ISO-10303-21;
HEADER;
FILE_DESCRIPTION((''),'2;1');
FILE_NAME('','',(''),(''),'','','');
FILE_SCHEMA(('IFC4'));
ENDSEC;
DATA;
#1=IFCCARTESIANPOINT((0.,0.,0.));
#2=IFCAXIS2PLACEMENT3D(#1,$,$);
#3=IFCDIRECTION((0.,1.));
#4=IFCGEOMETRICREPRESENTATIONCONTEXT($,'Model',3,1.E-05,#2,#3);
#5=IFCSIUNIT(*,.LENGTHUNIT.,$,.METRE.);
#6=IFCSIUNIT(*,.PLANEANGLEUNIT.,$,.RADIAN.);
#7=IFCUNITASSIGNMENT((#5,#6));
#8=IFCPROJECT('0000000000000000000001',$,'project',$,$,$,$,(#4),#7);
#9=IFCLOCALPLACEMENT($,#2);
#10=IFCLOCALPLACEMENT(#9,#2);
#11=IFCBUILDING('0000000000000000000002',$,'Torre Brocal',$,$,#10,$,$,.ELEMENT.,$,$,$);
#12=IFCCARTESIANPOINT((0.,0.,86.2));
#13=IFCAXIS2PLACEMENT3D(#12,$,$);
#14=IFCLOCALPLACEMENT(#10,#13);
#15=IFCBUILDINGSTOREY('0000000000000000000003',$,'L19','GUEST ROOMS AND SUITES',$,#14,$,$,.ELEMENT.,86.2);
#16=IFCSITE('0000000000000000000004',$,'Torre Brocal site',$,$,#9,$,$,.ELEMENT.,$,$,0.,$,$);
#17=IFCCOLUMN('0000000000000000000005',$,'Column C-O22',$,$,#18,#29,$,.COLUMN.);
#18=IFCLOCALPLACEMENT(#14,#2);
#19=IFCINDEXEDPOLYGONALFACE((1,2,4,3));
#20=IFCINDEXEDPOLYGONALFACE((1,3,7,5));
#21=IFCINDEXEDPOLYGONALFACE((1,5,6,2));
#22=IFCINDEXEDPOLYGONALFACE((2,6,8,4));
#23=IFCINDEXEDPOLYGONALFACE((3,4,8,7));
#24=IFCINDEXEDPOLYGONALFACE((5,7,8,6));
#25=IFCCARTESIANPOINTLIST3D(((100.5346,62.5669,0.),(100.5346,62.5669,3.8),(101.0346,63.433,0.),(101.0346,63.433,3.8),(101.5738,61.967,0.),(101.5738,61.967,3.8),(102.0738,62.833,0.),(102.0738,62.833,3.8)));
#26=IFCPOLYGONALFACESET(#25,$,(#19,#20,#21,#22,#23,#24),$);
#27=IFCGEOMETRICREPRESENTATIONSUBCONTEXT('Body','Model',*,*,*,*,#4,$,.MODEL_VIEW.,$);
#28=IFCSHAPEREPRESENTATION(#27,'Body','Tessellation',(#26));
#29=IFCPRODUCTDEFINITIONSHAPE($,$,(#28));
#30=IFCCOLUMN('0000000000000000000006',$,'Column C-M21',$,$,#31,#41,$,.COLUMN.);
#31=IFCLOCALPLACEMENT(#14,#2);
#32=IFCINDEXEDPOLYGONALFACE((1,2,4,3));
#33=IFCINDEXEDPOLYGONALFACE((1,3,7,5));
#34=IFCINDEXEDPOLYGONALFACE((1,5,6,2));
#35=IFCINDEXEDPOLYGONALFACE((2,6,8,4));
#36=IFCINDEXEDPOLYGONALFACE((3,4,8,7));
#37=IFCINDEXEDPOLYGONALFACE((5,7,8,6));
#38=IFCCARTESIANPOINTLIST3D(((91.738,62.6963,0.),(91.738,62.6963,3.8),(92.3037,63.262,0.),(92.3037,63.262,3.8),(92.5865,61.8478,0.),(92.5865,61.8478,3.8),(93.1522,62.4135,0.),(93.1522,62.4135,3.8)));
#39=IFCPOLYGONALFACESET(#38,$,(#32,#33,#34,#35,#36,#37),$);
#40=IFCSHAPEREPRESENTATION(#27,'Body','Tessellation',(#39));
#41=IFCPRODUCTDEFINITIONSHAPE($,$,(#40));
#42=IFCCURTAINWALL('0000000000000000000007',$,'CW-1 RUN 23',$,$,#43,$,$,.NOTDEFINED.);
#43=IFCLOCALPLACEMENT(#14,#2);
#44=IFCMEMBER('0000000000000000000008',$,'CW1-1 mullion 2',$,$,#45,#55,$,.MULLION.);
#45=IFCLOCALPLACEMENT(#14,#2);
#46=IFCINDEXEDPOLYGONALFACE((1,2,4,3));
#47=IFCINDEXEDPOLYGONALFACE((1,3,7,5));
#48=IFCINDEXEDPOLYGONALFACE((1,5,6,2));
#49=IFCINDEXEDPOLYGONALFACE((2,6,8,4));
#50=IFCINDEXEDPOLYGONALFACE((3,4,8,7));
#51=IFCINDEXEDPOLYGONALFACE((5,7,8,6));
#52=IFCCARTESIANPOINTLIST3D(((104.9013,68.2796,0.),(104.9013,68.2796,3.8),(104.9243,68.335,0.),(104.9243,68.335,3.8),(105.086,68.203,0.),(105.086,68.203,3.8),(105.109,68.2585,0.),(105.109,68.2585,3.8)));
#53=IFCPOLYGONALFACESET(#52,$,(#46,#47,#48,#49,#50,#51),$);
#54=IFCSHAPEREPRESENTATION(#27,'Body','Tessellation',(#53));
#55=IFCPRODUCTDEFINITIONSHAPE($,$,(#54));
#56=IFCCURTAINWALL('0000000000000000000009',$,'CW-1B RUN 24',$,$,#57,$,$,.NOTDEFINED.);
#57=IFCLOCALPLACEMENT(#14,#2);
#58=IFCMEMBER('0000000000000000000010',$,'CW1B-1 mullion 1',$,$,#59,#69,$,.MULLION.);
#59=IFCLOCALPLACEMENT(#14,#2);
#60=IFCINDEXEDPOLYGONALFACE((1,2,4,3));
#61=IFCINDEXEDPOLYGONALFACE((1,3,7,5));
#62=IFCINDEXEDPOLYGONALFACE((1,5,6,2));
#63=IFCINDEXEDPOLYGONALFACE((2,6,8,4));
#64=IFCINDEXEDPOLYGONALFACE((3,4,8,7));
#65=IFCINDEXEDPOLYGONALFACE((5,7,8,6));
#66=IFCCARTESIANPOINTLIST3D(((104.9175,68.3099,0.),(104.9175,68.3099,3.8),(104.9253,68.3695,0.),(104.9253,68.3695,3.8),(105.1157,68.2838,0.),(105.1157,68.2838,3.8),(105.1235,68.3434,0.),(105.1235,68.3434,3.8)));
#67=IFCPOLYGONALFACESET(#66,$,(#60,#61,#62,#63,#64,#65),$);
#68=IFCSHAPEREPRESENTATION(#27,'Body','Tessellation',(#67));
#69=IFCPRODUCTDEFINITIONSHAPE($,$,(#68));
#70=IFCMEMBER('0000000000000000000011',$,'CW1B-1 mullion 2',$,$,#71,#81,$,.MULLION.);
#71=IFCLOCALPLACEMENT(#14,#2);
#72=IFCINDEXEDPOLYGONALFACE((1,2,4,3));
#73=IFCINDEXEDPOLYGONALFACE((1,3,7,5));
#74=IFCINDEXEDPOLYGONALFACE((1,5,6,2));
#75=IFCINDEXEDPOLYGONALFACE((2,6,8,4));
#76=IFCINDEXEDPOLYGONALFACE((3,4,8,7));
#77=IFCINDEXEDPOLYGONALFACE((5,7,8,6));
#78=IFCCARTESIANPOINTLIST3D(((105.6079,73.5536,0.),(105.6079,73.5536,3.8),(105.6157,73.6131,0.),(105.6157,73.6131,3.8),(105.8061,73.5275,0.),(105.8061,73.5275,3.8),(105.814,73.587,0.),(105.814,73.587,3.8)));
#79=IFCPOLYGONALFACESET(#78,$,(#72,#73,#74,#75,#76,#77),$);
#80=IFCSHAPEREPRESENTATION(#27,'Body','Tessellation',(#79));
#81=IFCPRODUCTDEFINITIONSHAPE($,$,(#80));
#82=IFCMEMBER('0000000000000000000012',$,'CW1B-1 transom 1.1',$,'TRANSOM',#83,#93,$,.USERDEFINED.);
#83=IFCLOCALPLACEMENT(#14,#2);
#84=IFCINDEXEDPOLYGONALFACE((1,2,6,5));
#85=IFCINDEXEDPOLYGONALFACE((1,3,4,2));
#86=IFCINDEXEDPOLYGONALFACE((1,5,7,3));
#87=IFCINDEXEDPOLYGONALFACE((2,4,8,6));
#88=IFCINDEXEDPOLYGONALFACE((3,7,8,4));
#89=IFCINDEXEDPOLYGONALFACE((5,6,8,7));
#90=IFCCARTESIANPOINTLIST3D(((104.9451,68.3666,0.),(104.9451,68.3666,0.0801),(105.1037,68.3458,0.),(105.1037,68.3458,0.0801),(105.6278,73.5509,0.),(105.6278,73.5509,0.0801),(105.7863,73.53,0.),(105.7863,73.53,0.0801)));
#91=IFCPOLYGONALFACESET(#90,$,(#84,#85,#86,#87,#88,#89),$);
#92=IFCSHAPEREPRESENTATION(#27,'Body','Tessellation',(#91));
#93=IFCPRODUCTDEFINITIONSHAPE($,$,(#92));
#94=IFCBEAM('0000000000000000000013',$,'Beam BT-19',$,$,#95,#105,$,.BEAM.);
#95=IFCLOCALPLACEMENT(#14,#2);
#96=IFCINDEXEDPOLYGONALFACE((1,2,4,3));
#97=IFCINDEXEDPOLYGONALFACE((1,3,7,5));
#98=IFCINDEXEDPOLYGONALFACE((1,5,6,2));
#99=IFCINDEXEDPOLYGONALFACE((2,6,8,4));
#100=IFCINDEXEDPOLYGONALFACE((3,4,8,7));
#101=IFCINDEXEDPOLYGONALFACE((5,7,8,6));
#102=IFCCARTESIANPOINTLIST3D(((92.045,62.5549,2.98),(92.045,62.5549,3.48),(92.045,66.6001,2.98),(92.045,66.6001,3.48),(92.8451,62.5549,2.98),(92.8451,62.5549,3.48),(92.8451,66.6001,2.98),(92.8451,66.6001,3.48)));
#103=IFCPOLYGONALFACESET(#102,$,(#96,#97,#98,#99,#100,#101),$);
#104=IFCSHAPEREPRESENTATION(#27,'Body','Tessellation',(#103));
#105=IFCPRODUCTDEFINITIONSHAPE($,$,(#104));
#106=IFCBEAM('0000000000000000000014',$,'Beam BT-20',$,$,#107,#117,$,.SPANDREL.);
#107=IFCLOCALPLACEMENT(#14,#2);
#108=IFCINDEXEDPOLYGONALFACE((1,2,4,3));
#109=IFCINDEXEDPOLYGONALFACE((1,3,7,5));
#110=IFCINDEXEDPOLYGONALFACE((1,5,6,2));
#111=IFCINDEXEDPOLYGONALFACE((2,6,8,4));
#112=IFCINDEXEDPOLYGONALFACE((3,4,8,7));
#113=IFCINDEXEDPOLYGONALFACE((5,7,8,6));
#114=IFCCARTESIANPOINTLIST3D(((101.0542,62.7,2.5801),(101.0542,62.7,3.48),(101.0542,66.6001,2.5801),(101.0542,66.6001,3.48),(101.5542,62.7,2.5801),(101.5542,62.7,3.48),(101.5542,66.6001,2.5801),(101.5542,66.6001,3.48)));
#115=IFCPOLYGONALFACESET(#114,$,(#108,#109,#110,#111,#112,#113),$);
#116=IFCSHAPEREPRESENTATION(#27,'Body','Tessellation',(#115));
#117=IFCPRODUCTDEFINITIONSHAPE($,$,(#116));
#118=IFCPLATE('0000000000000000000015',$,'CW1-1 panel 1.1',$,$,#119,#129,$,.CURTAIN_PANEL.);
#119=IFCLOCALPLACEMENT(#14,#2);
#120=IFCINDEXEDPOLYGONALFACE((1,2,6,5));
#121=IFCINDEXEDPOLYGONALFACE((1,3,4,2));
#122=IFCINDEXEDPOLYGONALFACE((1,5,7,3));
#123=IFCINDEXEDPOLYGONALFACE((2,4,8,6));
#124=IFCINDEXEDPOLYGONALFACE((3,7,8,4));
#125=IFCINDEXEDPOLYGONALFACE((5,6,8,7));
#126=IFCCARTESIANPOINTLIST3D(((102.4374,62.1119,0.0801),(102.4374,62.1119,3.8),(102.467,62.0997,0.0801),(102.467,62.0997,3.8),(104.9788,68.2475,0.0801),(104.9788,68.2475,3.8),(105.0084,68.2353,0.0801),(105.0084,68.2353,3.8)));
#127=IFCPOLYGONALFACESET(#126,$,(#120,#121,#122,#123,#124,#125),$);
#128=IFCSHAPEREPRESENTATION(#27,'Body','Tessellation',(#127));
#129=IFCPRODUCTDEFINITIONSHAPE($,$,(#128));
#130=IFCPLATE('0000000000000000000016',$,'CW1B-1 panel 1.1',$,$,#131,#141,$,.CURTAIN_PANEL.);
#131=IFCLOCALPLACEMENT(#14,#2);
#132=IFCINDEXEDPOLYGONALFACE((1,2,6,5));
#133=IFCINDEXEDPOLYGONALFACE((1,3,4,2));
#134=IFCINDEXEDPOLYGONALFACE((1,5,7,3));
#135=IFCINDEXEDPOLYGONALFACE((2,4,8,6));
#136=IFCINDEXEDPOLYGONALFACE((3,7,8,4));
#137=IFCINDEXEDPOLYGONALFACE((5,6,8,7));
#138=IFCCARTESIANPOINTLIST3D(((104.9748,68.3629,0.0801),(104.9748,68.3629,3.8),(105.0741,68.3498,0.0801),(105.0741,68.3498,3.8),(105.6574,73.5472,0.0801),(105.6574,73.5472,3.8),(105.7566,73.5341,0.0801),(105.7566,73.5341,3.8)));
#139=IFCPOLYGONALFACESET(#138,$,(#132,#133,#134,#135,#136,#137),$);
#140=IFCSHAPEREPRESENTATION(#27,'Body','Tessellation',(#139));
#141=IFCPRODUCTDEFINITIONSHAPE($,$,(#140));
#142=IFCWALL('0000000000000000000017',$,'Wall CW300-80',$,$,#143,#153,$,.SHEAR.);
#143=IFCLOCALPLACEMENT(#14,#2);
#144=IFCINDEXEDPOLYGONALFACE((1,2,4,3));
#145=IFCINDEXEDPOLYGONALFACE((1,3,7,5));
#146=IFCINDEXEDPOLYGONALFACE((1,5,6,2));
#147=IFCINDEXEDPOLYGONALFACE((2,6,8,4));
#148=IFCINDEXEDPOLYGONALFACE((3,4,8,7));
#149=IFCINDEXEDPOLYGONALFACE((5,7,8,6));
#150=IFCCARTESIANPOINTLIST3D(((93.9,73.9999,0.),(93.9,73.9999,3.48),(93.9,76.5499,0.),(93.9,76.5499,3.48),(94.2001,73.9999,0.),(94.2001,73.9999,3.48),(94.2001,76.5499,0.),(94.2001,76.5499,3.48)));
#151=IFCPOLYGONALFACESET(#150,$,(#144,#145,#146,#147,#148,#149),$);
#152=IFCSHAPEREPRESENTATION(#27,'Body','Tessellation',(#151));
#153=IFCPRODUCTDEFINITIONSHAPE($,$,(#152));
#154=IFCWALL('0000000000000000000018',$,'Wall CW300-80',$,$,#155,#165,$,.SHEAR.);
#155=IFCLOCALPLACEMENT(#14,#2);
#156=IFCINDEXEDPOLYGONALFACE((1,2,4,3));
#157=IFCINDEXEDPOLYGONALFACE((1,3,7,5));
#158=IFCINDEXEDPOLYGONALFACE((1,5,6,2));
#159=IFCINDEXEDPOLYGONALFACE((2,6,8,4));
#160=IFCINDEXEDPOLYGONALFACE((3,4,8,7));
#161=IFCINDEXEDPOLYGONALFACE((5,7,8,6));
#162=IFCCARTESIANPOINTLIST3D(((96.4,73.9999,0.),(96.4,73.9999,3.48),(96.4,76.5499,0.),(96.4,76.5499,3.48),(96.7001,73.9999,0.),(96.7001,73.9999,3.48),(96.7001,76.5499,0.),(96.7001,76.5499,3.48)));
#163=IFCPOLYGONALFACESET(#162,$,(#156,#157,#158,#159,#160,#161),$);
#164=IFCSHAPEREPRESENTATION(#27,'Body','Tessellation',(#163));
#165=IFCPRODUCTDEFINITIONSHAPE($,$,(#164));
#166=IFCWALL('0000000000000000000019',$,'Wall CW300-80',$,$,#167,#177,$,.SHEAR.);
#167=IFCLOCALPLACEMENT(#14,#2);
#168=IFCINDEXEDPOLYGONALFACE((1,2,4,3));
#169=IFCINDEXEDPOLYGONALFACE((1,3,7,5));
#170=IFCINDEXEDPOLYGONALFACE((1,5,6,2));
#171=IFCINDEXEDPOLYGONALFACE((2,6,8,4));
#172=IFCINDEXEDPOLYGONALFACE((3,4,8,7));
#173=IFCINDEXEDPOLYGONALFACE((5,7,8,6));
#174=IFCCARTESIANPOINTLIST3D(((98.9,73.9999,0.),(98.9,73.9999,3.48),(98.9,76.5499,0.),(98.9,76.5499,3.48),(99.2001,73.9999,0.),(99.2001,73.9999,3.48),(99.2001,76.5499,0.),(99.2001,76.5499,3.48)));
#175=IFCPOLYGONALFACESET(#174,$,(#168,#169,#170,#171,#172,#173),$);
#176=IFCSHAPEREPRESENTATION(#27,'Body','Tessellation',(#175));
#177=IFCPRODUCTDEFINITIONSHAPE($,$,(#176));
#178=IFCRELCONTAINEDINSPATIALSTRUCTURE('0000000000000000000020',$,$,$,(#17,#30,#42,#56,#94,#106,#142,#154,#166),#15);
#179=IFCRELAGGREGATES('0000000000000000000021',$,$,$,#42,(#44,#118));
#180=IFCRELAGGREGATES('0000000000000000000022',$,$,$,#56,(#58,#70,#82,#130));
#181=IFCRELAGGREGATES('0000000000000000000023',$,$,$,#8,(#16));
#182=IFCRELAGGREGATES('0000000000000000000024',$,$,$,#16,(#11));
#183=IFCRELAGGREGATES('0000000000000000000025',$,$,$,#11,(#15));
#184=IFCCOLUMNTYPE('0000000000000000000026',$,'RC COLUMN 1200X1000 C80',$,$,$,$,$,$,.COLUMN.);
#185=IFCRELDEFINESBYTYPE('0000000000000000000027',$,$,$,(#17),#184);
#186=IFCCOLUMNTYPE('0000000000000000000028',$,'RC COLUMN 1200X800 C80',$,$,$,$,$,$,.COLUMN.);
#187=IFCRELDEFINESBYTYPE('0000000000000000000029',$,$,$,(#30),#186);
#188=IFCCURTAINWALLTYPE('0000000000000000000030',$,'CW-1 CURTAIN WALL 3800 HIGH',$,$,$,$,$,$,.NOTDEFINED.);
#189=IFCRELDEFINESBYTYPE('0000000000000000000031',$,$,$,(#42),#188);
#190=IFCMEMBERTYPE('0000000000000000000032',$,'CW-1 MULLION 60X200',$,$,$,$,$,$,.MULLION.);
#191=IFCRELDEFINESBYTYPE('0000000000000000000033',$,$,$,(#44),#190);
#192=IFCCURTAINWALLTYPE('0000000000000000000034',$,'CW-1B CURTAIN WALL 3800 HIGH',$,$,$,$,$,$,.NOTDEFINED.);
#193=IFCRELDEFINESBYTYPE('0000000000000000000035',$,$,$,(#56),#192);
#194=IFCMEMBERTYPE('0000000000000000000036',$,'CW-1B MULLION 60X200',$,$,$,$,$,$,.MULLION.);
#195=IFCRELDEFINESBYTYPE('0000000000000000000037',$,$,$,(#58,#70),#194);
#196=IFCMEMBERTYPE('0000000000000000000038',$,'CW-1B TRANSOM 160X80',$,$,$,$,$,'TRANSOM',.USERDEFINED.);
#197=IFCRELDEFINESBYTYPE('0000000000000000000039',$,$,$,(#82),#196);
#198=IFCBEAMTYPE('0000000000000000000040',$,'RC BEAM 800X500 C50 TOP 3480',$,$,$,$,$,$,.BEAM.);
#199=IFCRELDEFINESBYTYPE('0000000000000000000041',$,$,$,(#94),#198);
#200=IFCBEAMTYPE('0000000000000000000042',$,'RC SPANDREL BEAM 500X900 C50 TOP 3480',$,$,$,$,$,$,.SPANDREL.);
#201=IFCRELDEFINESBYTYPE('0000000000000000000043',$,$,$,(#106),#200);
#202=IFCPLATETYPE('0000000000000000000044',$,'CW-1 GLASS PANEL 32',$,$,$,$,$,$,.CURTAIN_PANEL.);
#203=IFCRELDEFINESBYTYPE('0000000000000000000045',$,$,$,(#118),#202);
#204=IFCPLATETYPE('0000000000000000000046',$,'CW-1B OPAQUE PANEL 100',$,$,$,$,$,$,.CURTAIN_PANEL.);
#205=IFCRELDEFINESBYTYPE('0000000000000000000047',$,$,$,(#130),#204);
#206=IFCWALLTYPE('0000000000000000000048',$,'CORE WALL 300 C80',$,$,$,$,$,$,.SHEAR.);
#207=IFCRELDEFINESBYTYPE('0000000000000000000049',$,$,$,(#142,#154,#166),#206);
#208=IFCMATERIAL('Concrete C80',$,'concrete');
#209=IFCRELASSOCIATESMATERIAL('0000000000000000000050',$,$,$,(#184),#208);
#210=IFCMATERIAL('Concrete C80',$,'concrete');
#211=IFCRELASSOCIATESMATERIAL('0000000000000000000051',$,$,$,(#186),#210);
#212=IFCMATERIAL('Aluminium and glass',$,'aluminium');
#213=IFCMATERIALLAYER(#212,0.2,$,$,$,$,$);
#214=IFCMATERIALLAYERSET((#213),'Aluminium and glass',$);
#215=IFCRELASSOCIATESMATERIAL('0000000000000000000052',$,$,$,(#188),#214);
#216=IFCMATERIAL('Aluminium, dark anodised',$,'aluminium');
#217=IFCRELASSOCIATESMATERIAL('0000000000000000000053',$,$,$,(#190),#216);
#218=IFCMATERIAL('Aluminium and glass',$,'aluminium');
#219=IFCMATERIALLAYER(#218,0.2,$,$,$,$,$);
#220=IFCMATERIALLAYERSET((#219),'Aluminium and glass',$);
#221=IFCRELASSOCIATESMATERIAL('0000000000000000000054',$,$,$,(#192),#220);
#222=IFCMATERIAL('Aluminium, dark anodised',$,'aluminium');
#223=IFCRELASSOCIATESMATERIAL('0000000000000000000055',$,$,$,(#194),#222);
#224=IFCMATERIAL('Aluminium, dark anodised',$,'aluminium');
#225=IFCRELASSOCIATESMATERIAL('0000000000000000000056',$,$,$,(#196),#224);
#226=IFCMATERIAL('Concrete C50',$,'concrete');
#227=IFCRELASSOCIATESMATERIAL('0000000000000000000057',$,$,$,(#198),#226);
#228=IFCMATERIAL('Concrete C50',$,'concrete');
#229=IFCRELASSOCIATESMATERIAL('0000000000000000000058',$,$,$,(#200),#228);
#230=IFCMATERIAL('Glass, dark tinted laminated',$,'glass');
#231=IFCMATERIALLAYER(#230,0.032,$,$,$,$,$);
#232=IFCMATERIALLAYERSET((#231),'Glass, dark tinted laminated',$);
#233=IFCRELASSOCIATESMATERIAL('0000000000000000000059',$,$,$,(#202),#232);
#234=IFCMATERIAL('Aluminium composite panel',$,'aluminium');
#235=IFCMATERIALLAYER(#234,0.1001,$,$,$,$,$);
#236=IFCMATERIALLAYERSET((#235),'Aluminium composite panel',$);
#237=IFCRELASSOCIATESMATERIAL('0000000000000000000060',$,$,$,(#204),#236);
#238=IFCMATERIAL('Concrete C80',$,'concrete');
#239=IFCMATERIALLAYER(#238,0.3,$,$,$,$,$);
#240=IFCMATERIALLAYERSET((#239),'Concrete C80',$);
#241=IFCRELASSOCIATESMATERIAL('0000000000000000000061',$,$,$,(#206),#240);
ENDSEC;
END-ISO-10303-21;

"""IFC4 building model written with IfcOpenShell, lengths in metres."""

from ifc_helpers import new_model, si_unit, direction, frame, frame_2d, origin, origin_2d, place, context, subcontext, project, spatial, rectangle, extrude, material, layer, layer_set, material_profile, profile_set, type_object, element, aggregate, save


model = new_model("IFC4")

# Units and contexts
model_context = context("Model", 3, precision=1e-05, world=origin(), true_north=direction((0.0, 1.0)))
body_context = subcontext(model_context, "Body", "Model", "MODEL_VIEW")
ifc_project = project(units=[si_unit("LENGTHUNIT", "METRE"), si_unit("PLANEANGLEUNIT", "RADIAN")], contexts=[model_context])

# Site, building, storey
site_placement = place(None, origin())
site = spatial("IfcSite", under=ifc_project, at=site_placement, Name="Torre Brocal site", CompositionType="ELEMENT", RefElevation=0.0)
building_placement = place(site_placement, origin())
building = spatial("IfcBuilding", under=site, at=building_placement, Name="Torre Brocal", CompositionType="ELEMENT")
storey_placement = place(building_placement, frame((0.0, 0.0, 86.2)))
storey = spatial("IfcBuildingStorey", under=building, at=storey_placement, Name="L19", Description="GUEST ROOMS AND SUITES", CompositionType="ELEMENT", Elevation=86.2)

# Columns
ifc_material_1 = material(Name="Concrete C80", Category="concrete")
ifc_material_profile_1 = material_profile(ifc_material_1, rectangle(XDim=1.2, YDim=1.0, at=origin_2d()), Name="RC 1200X1000")
ifc_profile_set_1 = profile_set([ifc_material_profile_1], Name="Concrete C80")
column_type_1 = type_object("IfcColumnType", Name="RC COLUMN 1200X1000 C80", PredefinedType="COLUMN", material=ifc_profile_set_1)
column_1_placement = place(storey_placement, frame((101.3042, 62.7, 0.0), z_axis=(0.0, 0.0, 1.0), x_axis=(0.866025, -0.5, 0.0)))
element("IfcColumn", 1, at=column_1_placement, inside=storey, type_object=column_type_1, Name="Column C-O22", PredefinedType="COLUMN", context=body_context, shape_type="SweptSolid", body=[
    extrude(rectangle(XDim=1.2, YDim=1.0, at=origin_2d()), origin(), (0.0, 0.0, 1.0), 3.8),
])
ifc_material_2 = material(Name="Concrete C80", Category="concrete")
ifc_material_profile_2 = material_profile(ifc_material_2, rectangle(XDim=1.2, YDim=0.8, at=origin_2d()), Name="RC 1200X800")
ifc_profile_set_2 = profile_set([ifc_material_profile_2], Name="Concrete C80")
column_type_2 = type_object("IfcColumnType", Name="RC COLUMN 1200X800 C80", PredefinedType="COLUMN", material=ifc_profile_set_2)
column_2_placement = place(storey_placement, frame((92.4451, 62.5549, 0.0), z_axis=(0.0, 0.0, 1.0), x_axis=(0.707107, -0.707107, 0.0)))
element("IfcColumn", 2, at=column_2_placement, inside=storey, type_object=column_type_2, Name="Column C-M21", PredefinedType="COLUMN", context=body_context, shape_type="SweptSolid", body=[
    extrude(rectangle(XDim=1.2, YDim=0.8, at=origin_2d()), origin(), (0.0, 0.0, 1.0), 3.8),
])

# Curtain wall, member
ifc_material_3 = material(Name="Aluminium and glass", Category="aluminium")
ifc_layer_1 = layer(ifc_material_3, 0.2)
ifc_layer_set_1 = layer_set([ifc_layer_1], Name="Aluminium and glass")
curtain_wall_type_1 = type_object("IfcCurtainWallType", Name="CW-1 CURTAIN WALL 3800 HIGH", PredefinedType="NOTDEFINED", material=ifc_layer_set_1)
curtain_wall_1_placement = place(storey_placement, origin())
curtain_wall_1 = element("IfcCurtainWall", 3, at=curtain_wall_1_placement, inside=storey, type_object=curtain_wall_type_1, Name="CW-1 RUN 23", PredefinedType="NOTDEFINED")
ifc_material_4 = material(Name="Aluminium, dark anodised", Category="aluminium")
ifc_material_profile_3 = material_profile(ifc_material_4, rectangle(XDim=0.2, YDim=0.0601, at=origin_2d()), Name="CW-1 MULLION 60X200")
ifc_profile_set_3 = profile_set([ifc_material_profile_3], Name="Aluminium, dark anodised")
member_type_1 = type_object("IfcMemberType", Name="CW-1 MULLION 60X200", PredefinedType="MULLION", material=ifc_profile_set_3)
member_1_placement = place(storey_placement, frame((105.0051, 68.269, 0.0), z_axis=(0.0, 0.0, 1.0), x_axis=(-0.92388, 0.382683, 0.0)))
member_1 = element("IfcMember", 4, at=member_1_placement, type_object=member_type_1, Name="CW1-1 mullion 2", PredefinedType="MULLION", context=body_context, shape_type="SweptSolid", body=[
    extrude(rectangle(XDim=0.2, YDim=0.0601, at=origin_2d()), origin(), (0.0, 0.0, 1.0), 3.8),
])

# Curtain wall, members
ifc_material_5 = material(Name="Aluminium and glass", Category="aluminium")
ifc_layer_2 = layer(ifc_material_5, 0.2)
ifc_layer_set_2 = layer_set([ifc_layer_2], Name="Aluminium and glass")
curtain_wall_type_2 = type_object("IfcCurtainWallType", Name="CW-1B CURTAIN WALL 3800 HIGH", PredefinedType="NOTDEFINED", material=ifc_layer_set_2)
curtain_wall_2_placement = place(storey_placement, origin())
curtain_wall_2 = element("IfcCurtainWall", 5, at=curtain_wall_2_placement, inside=storey, type_object=curtain_wall_type_2, Name="CW-1B RUN 24", PredefinedType="NOTDEFINED")
ifc_material_6 = material(Name="Aluminium, dark anodised", Category="aluminium")
ifc_material_profile_4 = material_profile(ifc_material_6, rectangle(XDim=0.2, YDim=0.0601, at=origin_2d()), Name="CW-1B MULLION 60X200")
ifc_profile_set_4 = profile_set([ifc_material_profile_4], Name="Aluminium, dark anodised")
member_type_2 = type_object("IfcMemberType", Name="CW-1B MULLION 60X200", PredefinedType="MULLION", material=ifc_profile_set_4)
member_2_placement = place(storey_placement, frame((105.0205, 68.3267, 0.0), z_axis=(0.0, 0.0, 1.0), x_axis=(-0.991445, 0.130526, 0.0)))
member_2 = element("IfcMember", 6, at=member_2_placement, type_object=member_type_2, Name="CW1B-1 mullion 1", PredefinedType="MULLION", context=body_context, shape_type="SweptSolid", body=[
    extrude(rectangle(XDim=0.2, YDim=0.0601, at=origin_2d()), origin(), (0.0, 0.0, 1.0), 3.8),
])
member_3_placement = place(storey_placement, frame((105.7109, 73.5703, 0.0), z_axis=(0.0, 0.0, 1.0), x_axis=(-0.991445, 0.130526, 0.0)))
member_3 = element("IfcMember", 7, at=member_3_placement, type_object=member_type_2, Name="CW1B-1 mullion 2", PredefinedType="MULLION", context=body_context, shape_type="SweptSolid", body=[
    extrude(rectangle(XDim=0.2, YDim=0.0601, at=origin_2d()), origin(), (0.0, 0.0, 1.0), 3.8),
])
ifc_material_7 = material(Name="Aluminium, dark anodised", Category="aluminium")
ifc_material_profile_5 = material_profile(ifc_material_7, rectangle(XDim=0.1599, YDim=0.0801, at=origin_2d()), Name="CW-1B TRANSOM 160X80")
ifc_profile_set_5 = profile_set([ifc_material_profile_5], Name="Aluminium, dark anodised")
member_type_3 = type_object("IfcMemberType", Name="CW-1B TRANSOM 160X80", ElementType="TRANSOM", PredefinedType="USERDEFINED", material=ifc_profile_set_5)
member_4_placement = place(storey_placement, frame((105.0244, 68.3562, 0.04), z_axis=(0.130543, 0.991443, 0.0), x_axis=(-0.991443, 0.130543, 0.0)))
member_4 = element("IfcMember", 8, at=member_4_placement, type_object=member_type_3, Name="CW1B-1 transom 1.1", ObjectType="TRANSOM", PredefinedType="USERDEFINED", context=body_context, shape_type="SweptSolid", body=[
    extrude(rectangle(XDim=0.1599, YDim=0.0801, at=origin_2d()), origin(), (0.0, 0.0, 1.0), 5.229),
])

# Beams
ifc_material_8 = material(Name="Concrete C50", Category="concrete")
ifc_material_profile_6 = material_profile(ifc_material_8, rectangle(XDim=0.8, YDim=0.5, at=origin_2d()), Name="RC 800X500")
ifc_profile_set_6 = profile_set([ifc_material_profile_6], Name="Concrete C50")
beam_type_1 = type_object("IfcBeamType", Name="RC BEAM 800X500 C50 TOP 3480", PredefinedType="BEAM", material=ifc_profile_set_6)
beam_1_placement = place(storey_placement, frame((92.4451, 62.5549, 3.23), z_axis=(0.0, 1.0, 0.0), x_axis=(-1.0, 0.0, 0.0)))
element("IfcBeam", 9, at=beam_1_placement, inside=storey, type_object=beam_type_1, Name="Beam BT-19", PredefinedType="BEAM", context=body_context, shape_type="SweptSolid", body=[
    extrude(rectangle(XDim=0.8, YDim=0.5, at=origin_2d()), origin(), (0.0, 0.0, 1.0), 4.0452),
])
ifc_material_9 = material(Name="Concrete C50", Category="concrete")
ifc_material_profile_7 = material_profile(ifc_material_9, rectangle(XDim=0.5, YDim=0.8999, at=origin_2d()), Name="RC 500X900")
ifc_profile_set_7 = profile_set([ifc_material_profile_7], Name="Concrete C50")
beam_type_2 = type_object("IfcBeamType", Name="RC SPANDREL BEAM 500X900 C50 TOP 3480", PredefinedType="SPANDREL", material=ifc_profile_set_7)
beam_2_placement = place(storey_placement, frame((101.3042, 62.7, 3.03), z_axis=(0.0, 1.0, 0.0), x_axis=(-1.0, 0.0, 0.0)))
element("IfcBeam", 10, at=beam_2_placement, inside=storey, type_object=beam_type_2, Name="Beam BT-20", PredefinedType="SPANDREL", context=body_context, shape_type="SweptSolid", body=[
    extrude(rectangle(XDim=0.5, YDim=0.8999, at=origin_2d()), origin(), (0.0, 0.0, 1.0), 3.9001),
])

# Plates
ifc_material_10 = material(Name="Glass, dark tinted laminated", Category="glass")
ifc_layer_3 = layer(ifc_material_10, 0.032)
ifc_layer_set_3 = layer_set([ifc_layer_3], Name="Glass, dark tinted laminated")
plate_type_1 = type_object("IfcPlateType", Name="CW-1 GLASS PANEL 32", PredefinedType="CURTAIN_PANEL", material=ifc_layer_set_3)
plate_1_placement = place(storey_placement, frame((103.7229, 65.1736, 0.0801), z_axis=(0.0, 0.0, 1.0), x_axis=(0.382683, 0.92388, 0.0)))
plate_1 = element("IfcPlate", 11, at=plate_1_placement, type_object=plate_type_1, Name="CW1-1 panel 1.1", PredefinedType="CURTAIN_PANEL", context=body_context, shape_type="SweptSolid", body=[
    extrude(rectangle(XDim=6.6411, YDim=0.032, at=origin_2d()), origin(), (0.0, 0.0, 1.0), 3.72),
])
aggregate(curtain_wall_1, [member_1, plate_1])
ifc_material_11 = material(Name="Aluminium composite panel", Category="aluminium")
ifc_layer_4 = layer(ifc_material_11, 0.1001)
ifc_layer_set_4 = layer_set([ifc_layer_4], Name="Aluminium composite panel")
plate_type_2 = type_object("IfcPlateType", Name="CW-1B OPAQUE PANEL 100", PredefinedType="CURTAIN_PANEL", material=ifc_layer_set_4)
plate_2_placement = place(storey_placement, frame((105.3657, 70.9485, 0.0801), z_axis=(0.0, 0.0, 1.0), x_axis=(0.130526, 0.991445, 0.0)))
plate_2 = element("IfcPlate", 12, at=plate_2_placement, type_object=plate_type_2, Name="CW1B-1 panel 1.1", PredefinedType="CURTAIN_PANEL", context=body_context, shape_type="SweptSolid", body=[
    extrude(rectangle(XDim=5.229, YDim=0.1001, at=origin_2d()), origin(), (0.0, 0.0, 1.0), 3.72),
])
aggregate(curtain_wall_2, [member_2, member_3, member_4, plate_2])

# Walls
ifc_material_12 = material(Name="Concrete C80", Category="concrete")
ifc_layer_5 = layer(ifc_material_12, 0.3)
ifc_layer_set_5 = layer_set([ifc_layer_5], Name="Concrete C80")
wall_type_1 = type_object("IfcWallType", Name="CORE WALL 300 C80", PredefinedType="SHEAR", material=ifc_layer_set_5)
for number, where, z_axis, x_axis, name in (
    (13, (94.05, 74.0, 0.0), (0.0, 0.0, 1.0), (0.0, 1.0, 0.0), "Wall CW300-80"),
    (14, (96.55, 74.0, 0.0), (0.0, 0.0, 1.0), (0.0, 1.0, 0.0), "Wall CW300-80"),
    (15, (99.05, 74.0, 0.0), (0.0, 0.0, 1.0), (0.0, 1.0, 0.0), "Wall CW300-80"),
):
    element("IfcWall", number, at=place(storey_placement, frame(where, z_axis=z_axis, x_axis=x_axis)), inside=storey, type_object=wall_type_1, Name=name, PredefinedType="SHEAR", context=body_context, shape_type="SweptSolid", body=[
        extrude(rectangle(XDim=2.55, YDim=0.3, at=frame_2d((1.2749, 0.0))), origin(), (0.0, 0.0, 1.0), 3.48),
    ])

save(model, "model.ifc")
